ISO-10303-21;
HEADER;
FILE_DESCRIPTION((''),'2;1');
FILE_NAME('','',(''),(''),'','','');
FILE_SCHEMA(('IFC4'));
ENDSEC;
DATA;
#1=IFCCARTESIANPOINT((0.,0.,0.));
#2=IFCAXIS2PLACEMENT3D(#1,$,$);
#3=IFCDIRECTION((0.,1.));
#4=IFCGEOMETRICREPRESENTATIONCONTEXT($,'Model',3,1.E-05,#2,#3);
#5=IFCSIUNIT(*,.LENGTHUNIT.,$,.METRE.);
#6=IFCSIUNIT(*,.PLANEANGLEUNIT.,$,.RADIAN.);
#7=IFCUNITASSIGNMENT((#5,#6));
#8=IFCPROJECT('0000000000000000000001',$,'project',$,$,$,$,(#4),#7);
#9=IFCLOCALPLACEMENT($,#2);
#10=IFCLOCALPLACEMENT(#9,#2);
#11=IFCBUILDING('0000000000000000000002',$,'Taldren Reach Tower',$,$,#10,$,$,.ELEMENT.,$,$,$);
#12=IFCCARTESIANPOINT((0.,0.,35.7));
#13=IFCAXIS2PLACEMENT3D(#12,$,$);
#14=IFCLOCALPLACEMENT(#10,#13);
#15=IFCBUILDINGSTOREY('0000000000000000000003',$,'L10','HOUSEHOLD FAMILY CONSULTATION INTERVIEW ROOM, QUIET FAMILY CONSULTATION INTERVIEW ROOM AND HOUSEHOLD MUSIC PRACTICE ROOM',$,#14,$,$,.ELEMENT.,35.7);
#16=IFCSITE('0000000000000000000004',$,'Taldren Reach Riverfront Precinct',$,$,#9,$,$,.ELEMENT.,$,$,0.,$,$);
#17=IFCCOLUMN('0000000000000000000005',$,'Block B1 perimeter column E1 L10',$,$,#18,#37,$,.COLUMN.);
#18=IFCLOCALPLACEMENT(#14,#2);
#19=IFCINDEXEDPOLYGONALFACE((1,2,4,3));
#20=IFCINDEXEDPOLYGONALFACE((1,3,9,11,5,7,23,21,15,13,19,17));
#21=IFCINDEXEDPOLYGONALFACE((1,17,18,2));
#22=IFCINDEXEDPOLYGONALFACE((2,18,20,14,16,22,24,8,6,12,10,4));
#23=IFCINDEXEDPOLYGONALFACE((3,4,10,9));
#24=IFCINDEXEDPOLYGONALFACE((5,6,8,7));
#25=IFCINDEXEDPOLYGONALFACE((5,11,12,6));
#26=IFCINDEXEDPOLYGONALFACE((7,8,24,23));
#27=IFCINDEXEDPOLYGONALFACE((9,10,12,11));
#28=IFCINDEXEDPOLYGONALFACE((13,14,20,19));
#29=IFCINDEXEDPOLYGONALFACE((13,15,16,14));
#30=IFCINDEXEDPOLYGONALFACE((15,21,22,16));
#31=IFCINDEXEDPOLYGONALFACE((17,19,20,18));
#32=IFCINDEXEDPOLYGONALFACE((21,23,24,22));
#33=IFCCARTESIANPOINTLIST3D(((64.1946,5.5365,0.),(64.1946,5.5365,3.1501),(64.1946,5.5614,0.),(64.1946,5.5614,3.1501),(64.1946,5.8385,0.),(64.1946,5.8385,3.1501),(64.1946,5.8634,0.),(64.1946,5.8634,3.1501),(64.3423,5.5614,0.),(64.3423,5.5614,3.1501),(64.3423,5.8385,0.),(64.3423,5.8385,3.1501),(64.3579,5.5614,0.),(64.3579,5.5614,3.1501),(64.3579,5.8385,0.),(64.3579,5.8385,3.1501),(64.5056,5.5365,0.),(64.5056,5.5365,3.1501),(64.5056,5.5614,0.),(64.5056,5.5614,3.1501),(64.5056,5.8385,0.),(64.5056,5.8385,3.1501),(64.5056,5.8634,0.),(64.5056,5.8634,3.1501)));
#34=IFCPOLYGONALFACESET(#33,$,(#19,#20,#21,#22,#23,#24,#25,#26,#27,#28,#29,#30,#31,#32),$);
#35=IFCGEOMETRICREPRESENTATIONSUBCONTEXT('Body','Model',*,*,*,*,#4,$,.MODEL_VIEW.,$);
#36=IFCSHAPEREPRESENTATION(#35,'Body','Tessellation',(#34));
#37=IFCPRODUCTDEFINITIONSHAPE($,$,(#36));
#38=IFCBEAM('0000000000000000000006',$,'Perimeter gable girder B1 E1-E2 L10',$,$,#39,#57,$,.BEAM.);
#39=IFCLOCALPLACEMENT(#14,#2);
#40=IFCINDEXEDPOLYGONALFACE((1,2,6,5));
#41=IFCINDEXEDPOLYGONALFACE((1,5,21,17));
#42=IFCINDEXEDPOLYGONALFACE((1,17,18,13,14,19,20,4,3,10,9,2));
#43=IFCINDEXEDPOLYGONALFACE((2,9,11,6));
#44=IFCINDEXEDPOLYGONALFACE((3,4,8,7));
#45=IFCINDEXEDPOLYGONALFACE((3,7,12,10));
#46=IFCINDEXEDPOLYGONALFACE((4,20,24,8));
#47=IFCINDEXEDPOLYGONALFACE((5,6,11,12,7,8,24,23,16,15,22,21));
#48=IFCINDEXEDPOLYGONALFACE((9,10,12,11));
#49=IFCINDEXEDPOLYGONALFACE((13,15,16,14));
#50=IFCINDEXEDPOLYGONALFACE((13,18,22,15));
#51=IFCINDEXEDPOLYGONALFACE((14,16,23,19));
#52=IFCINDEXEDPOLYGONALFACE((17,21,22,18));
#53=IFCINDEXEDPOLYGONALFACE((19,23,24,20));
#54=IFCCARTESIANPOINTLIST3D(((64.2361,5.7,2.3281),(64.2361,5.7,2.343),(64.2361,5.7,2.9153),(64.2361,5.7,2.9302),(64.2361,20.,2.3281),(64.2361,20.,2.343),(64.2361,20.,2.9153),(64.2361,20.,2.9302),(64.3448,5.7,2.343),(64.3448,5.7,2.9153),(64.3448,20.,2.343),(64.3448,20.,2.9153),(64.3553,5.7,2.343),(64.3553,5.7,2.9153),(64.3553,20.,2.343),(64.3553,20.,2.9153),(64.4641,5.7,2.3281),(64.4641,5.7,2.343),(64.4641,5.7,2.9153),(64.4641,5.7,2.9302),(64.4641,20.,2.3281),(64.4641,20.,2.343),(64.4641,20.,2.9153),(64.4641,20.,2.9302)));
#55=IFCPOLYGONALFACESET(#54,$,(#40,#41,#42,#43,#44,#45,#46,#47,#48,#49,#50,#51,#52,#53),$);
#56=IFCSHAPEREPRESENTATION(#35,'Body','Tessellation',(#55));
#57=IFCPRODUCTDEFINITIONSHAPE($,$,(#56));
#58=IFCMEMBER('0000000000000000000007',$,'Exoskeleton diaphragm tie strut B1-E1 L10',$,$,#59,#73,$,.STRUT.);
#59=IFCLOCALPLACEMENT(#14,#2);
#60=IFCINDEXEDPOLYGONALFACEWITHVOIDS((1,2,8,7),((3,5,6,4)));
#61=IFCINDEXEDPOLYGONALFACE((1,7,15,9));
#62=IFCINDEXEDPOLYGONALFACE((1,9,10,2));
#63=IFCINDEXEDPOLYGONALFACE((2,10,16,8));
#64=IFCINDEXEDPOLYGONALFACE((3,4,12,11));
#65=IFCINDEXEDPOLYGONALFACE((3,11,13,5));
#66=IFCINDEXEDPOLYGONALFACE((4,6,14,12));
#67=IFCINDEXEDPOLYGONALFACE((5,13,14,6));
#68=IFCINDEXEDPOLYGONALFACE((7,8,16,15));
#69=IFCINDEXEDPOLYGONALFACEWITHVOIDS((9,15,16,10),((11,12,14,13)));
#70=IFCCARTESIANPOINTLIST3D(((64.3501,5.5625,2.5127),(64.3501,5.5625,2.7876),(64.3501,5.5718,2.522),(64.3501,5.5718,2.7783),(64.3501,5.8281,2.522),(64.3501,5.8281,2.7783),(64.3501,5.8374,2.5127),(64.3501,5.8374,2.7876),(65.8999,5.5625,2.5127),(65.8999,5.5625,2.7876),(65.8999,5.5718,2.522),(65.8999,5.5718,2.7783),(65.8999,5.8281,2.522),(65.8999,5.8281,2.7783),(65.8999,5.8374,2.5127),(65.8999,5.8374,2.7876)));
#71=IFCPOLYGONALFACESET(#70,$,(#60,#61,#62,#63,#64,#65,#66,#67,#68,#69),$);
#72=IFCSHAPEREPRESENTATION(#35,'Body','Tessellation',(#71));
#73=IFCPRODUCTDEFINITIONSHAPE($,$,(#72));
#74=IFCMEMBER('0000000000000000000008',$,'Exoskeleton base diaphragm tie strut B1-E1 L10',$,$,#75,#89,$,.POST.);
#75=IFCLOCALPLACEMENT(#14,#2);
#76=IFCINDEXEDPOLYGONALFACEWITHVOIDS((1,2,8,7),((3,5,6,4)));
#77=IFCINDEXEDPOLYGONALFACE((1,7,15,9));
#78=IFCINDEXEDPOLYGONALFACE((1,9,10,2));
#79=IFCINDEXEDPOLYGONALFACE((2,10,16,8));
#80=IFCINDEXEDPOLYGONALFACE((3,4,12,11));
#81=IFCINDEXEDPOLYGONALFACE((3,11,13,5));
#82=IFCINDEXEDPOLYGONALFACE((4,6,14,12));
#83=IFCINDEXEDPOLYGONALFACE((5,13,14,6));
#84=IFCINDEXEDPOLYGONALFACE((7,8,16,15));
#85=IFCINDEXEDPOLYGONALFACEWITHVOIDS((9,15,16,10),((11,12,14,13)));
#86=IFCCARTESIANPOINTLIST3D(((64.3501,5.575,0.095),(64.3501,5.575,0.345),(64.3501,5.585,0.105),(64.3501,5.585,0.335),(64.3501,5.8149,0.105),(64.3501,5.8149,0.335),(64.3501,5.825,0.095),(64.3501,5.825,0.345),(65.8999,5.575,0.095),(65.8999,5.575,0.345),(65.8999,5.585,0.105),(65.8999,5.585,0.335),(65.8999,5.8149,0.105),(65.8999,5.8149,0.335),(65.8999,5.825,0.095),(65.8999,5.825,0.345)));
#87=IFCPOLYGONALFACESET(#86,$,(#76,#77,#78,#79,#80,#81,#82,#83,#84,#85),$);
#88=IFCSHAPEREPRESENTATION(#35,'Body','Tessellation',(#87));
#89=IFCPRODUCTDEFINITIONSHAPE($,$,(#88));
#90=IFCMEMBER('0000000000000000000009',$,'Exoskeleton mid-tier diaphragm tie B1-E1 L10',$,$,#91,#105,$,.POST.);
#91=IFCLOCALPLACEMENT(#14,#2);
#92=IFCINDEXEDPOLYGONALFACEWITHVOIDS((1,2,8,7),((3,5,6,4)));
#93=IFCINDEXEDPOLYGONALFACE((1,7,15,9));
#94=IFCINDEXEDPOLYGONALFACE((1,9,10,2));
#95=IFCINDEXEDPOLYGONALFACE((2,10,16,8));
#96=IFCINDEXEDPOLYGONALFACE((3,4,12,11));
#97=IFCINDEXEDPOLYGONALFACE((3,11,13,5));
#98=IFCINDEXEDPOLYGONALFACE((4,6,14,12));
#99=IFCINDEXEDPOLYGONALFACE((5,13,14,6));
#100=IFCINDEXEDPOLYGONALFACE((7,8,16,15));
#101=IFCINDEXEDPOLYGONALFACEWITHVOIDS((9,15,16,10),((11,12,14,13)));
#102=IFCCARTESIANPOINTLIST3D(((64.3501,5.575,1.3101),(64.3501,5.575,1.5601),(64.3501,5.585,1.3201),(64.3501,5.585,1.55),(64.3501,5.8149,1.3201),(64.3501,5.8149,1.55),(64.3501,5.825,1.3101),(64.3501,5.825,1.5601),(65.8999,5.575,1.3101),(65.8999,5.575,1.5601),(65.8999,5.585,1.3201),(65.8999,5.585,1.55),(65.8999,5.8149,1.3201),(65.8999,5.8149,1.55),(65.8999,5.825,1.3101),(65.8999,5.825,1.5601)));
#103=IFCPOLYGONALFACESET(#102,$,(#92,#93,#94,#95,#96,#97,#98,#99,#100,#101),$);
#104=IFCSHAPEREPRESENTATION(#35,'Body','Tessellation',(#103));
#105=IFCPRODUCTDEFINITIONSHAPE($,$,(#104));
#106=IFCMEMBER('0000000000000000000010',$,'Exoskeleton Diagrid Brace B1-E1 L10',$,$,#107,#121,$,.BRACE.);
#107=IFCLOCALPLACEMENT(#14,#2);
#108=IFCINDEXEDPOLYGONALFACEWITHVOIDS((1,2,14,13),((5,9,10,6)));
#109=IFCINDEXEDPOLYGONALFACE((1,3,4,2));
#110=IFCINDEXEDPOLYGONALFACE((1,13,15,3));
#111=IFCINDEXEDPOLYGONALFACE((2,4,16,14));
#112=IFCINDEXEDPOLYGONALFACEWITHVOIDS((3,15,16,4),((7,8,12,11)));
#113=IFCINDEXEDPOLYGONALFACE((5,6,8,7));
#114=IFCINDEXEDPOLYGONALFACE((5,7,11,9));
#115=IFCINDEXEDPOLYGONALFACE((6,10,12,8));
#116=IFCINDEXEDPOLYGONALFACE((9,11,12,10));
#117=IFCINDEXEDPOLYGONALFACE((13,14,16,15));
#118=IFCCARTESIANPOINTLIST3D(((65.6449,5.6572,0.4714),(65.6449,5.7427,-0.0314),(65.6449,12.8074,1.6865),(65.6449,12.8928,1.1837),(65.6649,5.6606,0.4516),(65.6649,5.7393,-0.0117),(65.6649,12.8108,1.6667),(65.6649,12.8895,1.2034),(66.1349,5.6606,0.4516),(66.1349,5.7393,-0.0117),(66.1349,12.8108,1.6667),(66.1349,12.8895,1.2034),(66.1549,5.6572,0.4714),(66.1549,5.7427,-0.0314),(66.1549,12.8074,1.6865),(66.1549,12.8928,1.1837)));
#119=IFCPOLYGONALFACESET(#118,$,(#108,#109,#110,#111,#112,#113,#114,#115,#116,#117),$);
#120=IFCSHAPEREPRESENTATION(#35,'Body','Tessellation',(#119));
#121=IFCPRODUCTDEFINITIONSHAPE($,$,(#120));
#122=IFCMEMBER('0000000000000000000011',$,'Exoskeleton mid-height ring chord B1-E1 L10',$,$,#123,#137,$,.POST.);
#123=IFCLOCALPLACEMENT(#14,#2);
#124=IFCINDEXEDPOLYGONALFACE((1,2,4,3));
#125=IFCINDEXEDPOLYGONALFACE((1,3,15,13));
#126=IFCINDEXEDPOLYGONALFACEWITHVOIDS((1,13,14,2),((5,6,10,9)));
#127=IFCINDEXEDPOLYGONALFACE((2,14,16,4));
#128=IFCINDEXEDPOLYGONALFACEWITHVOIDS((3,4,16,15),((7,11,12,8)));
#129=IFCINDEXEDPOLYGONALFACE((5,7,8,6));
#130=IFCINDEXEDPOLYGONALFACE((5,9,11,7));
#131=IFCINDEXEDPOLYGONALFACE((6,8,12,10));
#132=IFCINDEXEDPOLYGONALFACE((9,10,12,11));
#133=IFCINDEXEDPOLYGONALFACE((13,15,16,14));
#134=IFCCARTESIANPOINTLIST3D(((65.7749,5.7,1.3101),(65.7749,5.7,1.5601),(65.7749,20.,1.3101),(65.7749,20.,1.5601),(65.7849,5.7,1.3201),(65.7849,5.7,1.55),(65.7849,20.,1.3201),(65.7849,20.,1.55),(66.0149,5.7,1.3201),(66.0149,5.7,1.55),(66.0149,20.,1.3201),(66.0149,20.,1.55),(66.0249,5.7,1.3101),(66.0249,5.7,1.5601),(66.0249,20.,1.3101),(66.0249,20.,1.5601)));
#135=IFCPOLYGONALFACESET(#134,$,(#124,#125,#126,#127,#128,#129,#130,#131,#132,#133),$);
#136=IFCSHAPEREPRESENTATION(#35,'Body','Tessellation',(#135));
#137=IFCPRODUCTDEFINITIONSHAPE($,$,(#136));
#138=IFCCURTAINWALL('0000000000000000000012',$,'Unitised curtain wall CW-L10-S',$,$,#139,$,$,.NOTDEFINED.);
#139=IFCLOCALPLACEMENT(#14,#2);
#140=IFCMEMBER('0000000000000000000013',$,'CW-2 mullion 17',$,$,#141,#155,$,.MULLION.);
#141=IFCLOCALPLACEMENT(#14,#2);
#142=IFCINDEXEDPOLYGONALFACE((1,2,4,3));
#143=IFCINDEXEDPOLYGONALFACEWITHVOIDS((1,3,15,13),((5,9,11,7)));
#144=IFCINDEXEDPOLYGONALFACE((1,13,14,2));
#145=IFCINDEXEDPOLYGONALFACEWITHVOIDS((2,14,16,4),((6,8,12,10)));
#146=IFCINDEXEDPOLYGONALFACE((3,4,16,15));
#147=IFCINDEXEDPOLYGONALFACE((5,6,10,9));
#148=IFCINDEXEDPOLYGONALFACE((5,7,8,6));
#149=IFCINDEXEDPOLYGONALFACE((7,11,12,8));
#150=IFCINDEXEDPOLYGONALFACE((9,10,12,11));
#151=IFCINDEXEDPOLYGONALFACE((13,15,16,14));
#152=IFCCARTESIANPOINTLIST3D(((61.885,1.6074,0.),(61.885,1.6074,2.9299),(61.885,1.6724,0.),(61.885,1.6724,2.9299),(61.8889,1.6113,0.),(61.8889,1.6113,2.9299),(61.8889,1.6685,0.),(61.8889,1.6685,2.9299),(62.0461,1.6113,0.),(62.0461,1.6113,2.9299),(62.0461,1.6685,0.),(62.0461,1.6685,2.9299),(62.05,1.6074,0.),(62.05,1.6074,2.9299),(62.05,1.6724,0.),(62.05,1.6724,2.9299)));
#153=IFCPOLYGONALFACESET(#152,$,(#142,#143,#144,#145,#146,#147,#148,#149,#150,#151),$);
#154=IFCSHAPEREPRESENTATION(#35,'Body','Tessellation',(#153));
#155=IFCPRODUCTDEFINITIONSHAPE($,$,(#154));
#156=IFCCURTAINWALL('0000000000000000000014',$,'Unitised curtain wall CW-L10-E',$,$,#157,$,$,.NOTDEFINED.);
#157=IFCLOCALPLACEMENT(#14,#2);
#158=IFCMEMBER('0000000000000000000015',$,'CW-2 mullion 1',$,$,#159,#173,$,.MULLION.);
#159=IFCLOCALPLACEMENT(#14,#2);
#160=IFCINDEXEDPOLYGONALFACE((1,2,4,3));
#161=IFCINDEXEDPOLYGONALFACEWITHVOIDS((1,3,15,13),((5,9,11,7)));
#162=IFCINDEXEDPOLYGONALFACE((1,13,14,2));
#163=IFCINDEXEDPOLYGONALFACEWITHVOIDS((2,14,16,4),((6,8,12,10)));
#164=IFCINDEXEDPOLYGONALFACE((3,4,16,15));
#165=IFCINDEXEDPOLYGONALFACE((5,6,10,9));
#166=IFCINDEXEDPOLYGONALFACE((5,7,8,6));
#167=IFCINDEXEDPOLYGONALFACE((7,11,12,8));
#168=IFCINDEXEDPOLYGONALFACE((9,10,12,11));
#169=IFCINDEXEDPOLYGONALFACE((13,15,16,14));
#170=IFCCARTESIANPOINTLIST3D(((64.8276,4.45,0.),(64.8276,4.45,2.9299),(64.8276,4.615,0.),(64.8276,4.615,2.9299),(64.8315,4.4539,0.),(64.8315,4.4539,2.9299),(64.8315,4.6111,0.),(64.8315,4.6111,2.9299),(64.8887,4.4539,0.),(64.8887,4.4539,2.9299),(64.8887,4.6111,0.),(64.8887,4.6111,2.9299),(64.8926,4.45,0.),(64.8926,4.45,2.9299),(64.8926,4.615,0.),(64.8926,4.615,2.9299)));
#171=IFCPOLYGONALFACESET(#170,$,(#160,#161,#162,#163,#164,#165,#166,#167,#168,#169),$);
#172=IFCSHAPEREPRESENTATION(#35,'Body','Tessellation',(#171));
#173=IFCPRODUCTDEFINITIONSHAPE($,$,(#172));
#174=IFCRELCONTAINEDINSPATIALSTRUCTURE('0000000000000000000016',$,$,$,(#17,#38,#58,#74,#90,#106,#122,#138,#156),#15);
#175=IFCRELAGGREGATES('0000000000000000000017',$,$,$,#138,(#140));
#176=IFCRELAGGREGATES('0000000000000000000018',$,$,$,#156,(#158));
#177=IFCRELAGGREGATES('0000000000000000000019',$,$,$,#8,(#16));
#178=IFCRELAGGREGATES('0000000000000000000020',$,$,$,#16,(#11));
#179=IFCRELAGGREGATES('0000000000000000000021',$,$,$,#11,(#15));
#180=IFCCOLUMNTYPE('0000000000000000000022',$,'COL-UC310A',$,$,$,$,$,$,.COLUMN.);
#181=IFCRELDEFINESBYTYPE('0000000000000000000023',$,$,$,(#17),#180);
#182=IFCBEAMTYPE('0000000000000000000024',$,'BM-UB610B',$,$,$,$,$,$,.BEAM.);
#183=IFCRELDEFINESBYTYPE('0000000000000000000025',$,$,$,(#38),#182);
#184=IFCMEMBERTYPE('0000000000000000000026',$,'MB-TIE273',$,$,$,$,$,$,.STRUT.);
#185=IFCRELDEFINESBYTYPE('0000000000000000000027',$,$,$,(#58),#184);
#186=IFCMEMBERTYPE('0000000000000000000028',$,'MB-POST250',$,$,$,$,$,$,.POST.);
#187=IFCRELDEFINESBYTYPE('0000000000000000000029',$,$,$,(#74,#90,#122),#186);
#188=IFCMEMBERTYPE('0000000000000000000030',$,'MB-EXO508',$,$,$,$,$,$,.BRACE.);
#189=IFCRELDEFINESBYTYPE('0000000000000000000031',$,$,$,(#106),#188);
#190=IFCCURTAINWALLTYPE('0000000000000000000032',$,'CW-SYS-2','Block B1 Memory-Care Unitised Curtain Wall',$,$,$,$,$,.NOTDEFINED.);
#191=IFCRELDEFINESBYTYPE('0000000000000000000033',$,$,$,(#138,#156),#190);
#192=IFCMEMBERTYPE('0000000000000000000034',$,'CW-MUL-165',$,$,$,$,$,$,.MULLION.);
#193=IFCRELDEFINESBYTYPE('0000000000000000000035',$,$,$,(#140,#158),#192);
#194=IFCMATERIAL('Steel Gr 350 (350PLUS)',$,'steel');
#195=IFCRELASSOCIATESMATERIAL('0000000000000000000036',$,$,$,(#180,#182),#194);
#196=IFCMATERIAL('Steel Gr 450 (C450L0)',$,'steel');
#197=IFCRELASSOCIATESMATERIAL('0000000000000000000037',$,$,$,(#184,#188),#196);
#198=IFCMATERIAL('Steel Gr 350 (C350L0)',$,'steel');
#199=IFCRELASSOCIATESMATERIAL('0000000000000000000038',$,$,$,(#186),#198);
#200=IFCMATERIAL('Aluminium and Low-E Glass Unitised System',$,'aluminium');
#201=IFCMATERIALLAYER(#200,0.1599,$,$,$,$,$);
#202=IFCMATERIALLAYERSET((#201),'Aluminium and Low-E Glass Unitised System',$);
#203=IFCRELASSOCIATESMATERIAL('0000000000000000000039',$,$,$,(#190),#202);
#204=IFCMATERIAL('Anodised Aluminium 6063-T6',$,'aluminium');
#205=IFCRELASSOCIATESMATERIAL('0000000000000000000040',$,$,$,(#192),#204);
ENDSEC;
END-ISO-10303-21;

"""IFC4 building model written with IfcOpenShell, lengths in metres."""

from ifc_helpers import new_model, si_unit, direction, frame, origin, origin_2d, place, context, subcontext, project, spatial, hollow_rectangle, i_section, extrude, source, transform, mapped, material, layer, layer_set, material_profile, profile_set, type_object, element, aggregate, save


model = new_model("IFC4")

# Units and contexts
model_context = context("Model", 3, precision=1e-05, world=origin(), true_north=direction((0.0, 1.0)))
body_context = subcontext(model_context, "Body", "Model", "MODEL_VIEW")
ifc_project = project(units=[si_unit("LENGTHUNIT", "METRE"), si_unit("PLANEANGLEUNIT", "RADIAN")], contexts=[model_context])

# Site, building, storey
site_placement = place(None, origin())
site = spatial("IfcSite", under=ifc_project, at=site_placement, Name="Taldren Reach Riverfront Precinct", CompositionType="ELEMENT", RefElevation=0.0)
building_placement = place(site_placement, origin())
building = spatial("IfcBuilding", under=site, at=building_placement, Name="Taldren Reach Tower", CompositionType="ELEMENT")
storey_placement = place(building_placement, frame((0.0, 0.0, 35.7)))
storey = spatial("IfcBuildingStorey", under=building, at=storey_placement, Name="L10", Description="HOUSEHOLD FAMILY CONSULTATION INTERVIEW ROOM, QUIET FAMILY CONSULTATION INTERVIEW ROOM AND HOUSEHOLD MUSIC PRACTICE ROOM", CompositionType="ELEMENT", Elevation=35.7)

# Column
ifc_material_1 = material(Name="Steel Gr 350 (350PLUS)", Category="steel")
ifc_material_profile_1 = material_profile(ifc_material_1, i_section(OverallWidth=0.311, OverallDepth=0.3269, WebThickness=0.0156, FlangeThickness=0.0249, at=origin_2d()), Name="310UC158")
ifc_profile_set_1 = profile_set([ifc_material_profile_1], Name="Steel Gr 350 (350PLUS)")
column_type = type_object("IfcColumnType", Name="COL-UC310A", PredefinedType="COLUMN", material=ifc_profile_set_1)
shared_shape_1 = source(origin(), body_context, "Body", "SweptSolid", [
    extrude(i_section(OverallWidth=0.311, OverallDepth=0.3269, WebThickness=0.0156, FlangeThickness=0.0249, at=origin_2d()), origin(), (0.0, 0.0, 1.0), 3.1501),
])
column_placement = place(storey_placement, frame((64.3501, 5.7, 0.0), z_axis=(0.0, 0.0, 1.0), x_axis=(1.0, 0.0, 0.0)))
element("IfcColumn", 1, at=column_placement, inside=storey, type_object=column_type, Name="Block B1 perimeter column E1 L10", PredefinedType="COLUMN", context=body_context, shape_type="MappedRepresentation", body=[
    mapped(shared_shape_1, transform((0.0, 0.0, 0.0), scale=1.0)),
])

# Beam
ifc_material_profile_2 = material_profile(ifc_material_1, i_section(OverallWidth=0.228, OverallDepth=0.6021, WebThickness=0.0105, FlangeThickness=0.0149, at=origin_2d()), Name="610UB101")
ifc_profile_set_2 = profile_set([ifc_material_profile_2], Name="Steel Gr 350 (350PLUS)")
beam_type = type_object("IfcBeamType", Name="BM-UB610B", PredefinedType="BEAM", material=ifc_profile_set_2)
shared_shape_2 = source(origin(), body_context, "Body", "SweptSolid", [
    extrude(i_section(OverallWidth=0.228, OverallDepth=0.6021, WebThickness=0.0105, FlangeThickness=0.0149, at=origin_2d()), origin(), (0.0, 0.0, 1.0), 14.3),
])
beam_placement = place(storey_placement, frame((64.3501, 5.7, 2.6292), z_axis=(0.0, 1.0, 0.0), x_axis=(-1.0, 0.0, 0.0)))
element("IfcBeam", 2, at=beam_placement, inside=storey, type_object=beam_type, Name="Perimeter gable girder B1 E1-E2 L10", PredefinedType="BEAM", context=body_context, shape_type="MappedRepresentation", body=[
    mapped(shared_shape_2, transform((0.0, 0.0, 0.0), scale=1.0)),
])

# Members
ifc_material_2 = material(Name="Steel Gr 450 (C450L0)", Category="steel")
ifc_material_profile_3 = material_profile(ifc_material_2, hollow_rectangle(XDim=0.2749, YDim=0.2749, WallThickness=0.0093, at=origin_2d()), Name="275x275x9.3SHS")
ifc_profile_set_3 = profile_set([ifc_material_profile_3], Name="Steel Gr 450 (C450L0)")
member_type_1 = type_object("IfcMemberType", Name="MB-TIE273", PredefinedType="STRUT", material=ifc_profile_set_3)
shared_shape_3 = source(origin(), body_context, "Body", "SweptSolid", [
    extrude(hollow_rectangle(XDim=0.2749, YDim=0.2749, WallThickness=0.0093, at=origin_2d()), origin(), (0.0, 0.0, 1.0), 1.5498),
])
member_1_placement = place(storey_placement, frame((64.3501, 5.7, 2.6501), z_axis=(1.0, 0.0, 0.0), x_axis=(0.0, 1.0, 0.0)))
element("IfcMember", 3, at=member_1_placement, inside=storey, type_object=member_type_1, Name="Exoskeleton diaphragm tie strut B1-E1 L10", PredefinedType="STRUT", context=body_context, shape_type="MappedRepresentation", body=[
    mapped(shared_shape_3, transform((0.0, 0.0, 0.0), scale=1.0)),
])
ifc_material_3 = material(Name="Steel Gr 350 (C350L0)", Category="steel")
ifc_material_profile_4 = material_profile(ifc_material_3, hollow_rectangle(XDim=0.25, YDim=0.25, WallThickness=0.01, at=origin_2d()), Name="250x250x10.0SHS")
ifc_profile_set_4 = profile_set([ifc_material_profile_4], Name="Steel Gr 350 (C350L0)")
member_type_2 = type_object("IfcMemberType", Name="MB-POST250", PredefinedType="POST", material=ifc_profile_set_4)
shared_shape_4 = source(origin(), body_context, "Body", "SweptSolid", [
    extrude(hollow_rectangle(XDim=0.25, YDim=0.25, WallThickness=0.01, at=origin_2d()), origin(), (0.0, 0.0, 1.0), 1.5498),
])
for number, where, z_axis, x_axis, name in (
    (4, (64.3501, 5.7, 0.22), (1.0, 0.0, 0.0), (0.0, 1.0, 0.0), "Exoskeleton base diaphragm tie strut B1-E1 L10"),
    (5, (64.3501, 5.7, 1.4351), (1.0, 0.0, 0.0), (0.0, 1.0, 0.0), "Exoskeleton mid-tier diaphragm tie B1-E1 L10"),
):
    element("IfcMember", number, at=place(storey_placement, frame(where, z_axis=z_axis, x_axis=x_axis)), inside=storey, type_object=member_type_2, Name=name, PredefinedType="POST", context=body_context, shape_type="MappedRepresentation", body=[
        mapped(shared_shape_4, transform((0.0, 0.0, 0.0), scale=1.0)),
    ])
ifc_material_profile_5 = material_profile(ifc_material_2, hollow_rectangle(XDim=0.51, YDim=0.51, WallThickness=0.02, at=origin_2d()), Name="510x510x20.0SHS")
ifc_profile_set_5 = profile_set([ifc_material_profile_5], Name="Steel Gr 450 (C450L0)")
member_type_3 = type_object("IfcMemberType", Name="MB-EXO508", PredefinedType="BRACE", material=ifc_profile_set_5)
shared_shape_5 = source(origin(), body_context, "Body", "SweptSolid", [
    extrude(hollow_rectangle(XDim=0.51, YDim=0.51, WallThickness=0.02, at=origin_2d()), origin(), (0.0, 0.0, 1.0), 7.2527),
])
member_2_placement = place(storey_placement, frame((65.8999, 5.7, 0.22), z_axis=(0.0, 0.985866, 0.167537), x_axis=(-1.0, 0.0, 0.0)))
element("IfcMember", 6, at=member_2_placement, inside=storey, type_object=member_type_3, Name="Exoskeleton Diagrid Brace B1-E1 L10", PredefinedType="BRACE", context=body_context, shape_type="MappedRepresentation", body=[
    mapped(shared_shape_5, transform((0.0, 0.0, 0.0), scale=1.0)),
])
shared_shape_6 = source(origin(), body_context, "Body", "SweptSolid", [
    extrude(hollow_rectangle(XDim=0.25, YDim=0.25, WallThickness=0.01, at=origin_2d()), origin(), (0.0, 0.0, 1.0), 14.3),
])
member_3_placement = place(storey_placement, frame((65.8999, 5.7, 1.4351), z_axis=(0.0, 1.0, 0.0), x_axis=(-1.0, 0.0, 0.0)))
element("IfcMember", 7, at=member_3_placement, inside=storey, type_object=member_type_2, Name="Exoskeleton mid-height ring chord B1-E1 L10", PredefinedType="POST", context=body_context, shape_type="MappedRepresentation", body=[
    mapped(shared_shape_6, transform((0.0, 0.0, 0.0), scale=1.0)),
])

# Curtain wall, member
ifc_material_4 = material(Name="Aluminium and Low-E Glass Unitised System", Category="aluminium")
ifc_layer_1 = layer(ifc_material_4, 0.1599)
ifc_layer_set_1 = layer_set([ifc_layer_1], Name="Aluminium and Low-E Glass Unitised System")
curtain_wall_type = type_object("IfcCurtainWallType", Name="CW-SYS-2", Description="Block B1 Memory-Care Unitised Curtain Wall", PredefinedType="NOTDEFINED", material=ifc_layer_set_1)
curtain_wall_1_placement = place(storey_placement, origin())
curtain_wall_1 = element("IfcCurtainWall", 8, at=curtain_wall_1_placement, inside=storey, type_object=curtain_wall_type, Name="Unitised curtain wall CW-L10-S", PredefinedType="NOTDEFINED")
ifc_material_5 = material(Name="Anodised Aluminium 6063-T6", Category="aluminium")
ifc_material_profile_6 = material_profile(ifc_material_5, hollow_rectangle(XDim=0.0649, YDim=0.165, WallThickness=0.0039, at=origin_2d()), Name="ALU-165x65x4RHS")
ifc_profile_set_6 = profile_set([ifc_material_profile_6], Name="Anodised Aluminium 6063-T6")
member_type_4 = type_object("IfcMemberType", Name="CW-MUL-165", PredefinedType="MULLION", material=ifc_profile_set_6)
shared_shape_7 = source(origin(), body_context, "Body", "SweptSolid", [
    extrude(hollow_rectangle(XDim=0.0649, YDim=0.165, WallThickness=0.0039, at=origin_2d()), origin(), (0.0, 0.0, 1.0), 2.9299),
])
member_4_placement = place(storey_placement, frame((61.9675, 1.6399, 0.0), z_axis=(0.0, 0.0, 1.0), x_axis=(0.0, 1.0, 0.0)))
member_4 = element("IfcMember", 9, at=member_4_placement, type_object=member_type_4, Name="CW-2 mullion 17", PredefinedType="MULLION", context=body_context, shape_type="MappedRepresentation", body=[
    mapped(shared_shape_7, transform((0.0, 0.0, 0.0), scale=1.0)),
])
aggregate(curtain_wall_1, [member_4])

# Curtain wall, member
curtain_wall_2_placement = place(storey_placement, origin())
curtain_wall_2 = element("IfcCurtainWall", 10, at=curtain_wall_2_placement, inside=storey, type_object=curtain_wall_type, Name="Unitised curtain wall CW-L10-E", PredefinedType="NOTDEFINED")
member_5_placement = place(storey_placement, frame((64.8601, 4.5325, 0.0), z_axis=(0.0, 0.0, 1.0), x_axis=(-1.0, 0.0, 0.0)))
member_5 = element("IfcMember", 11, at=member_5_placement, type_object=member_type_4, Name="CW-2 mullion 1", PredefinedType="MULLION", context=body_context, shape_type="MappedRepresentation", body=[
    mapped(shared_shape_7, transform((0.0, 0.0, 0.0), scale=1.0)),
])

aggregate(curtain_wall_2, [member_5])

save(model, "model.ifc")
